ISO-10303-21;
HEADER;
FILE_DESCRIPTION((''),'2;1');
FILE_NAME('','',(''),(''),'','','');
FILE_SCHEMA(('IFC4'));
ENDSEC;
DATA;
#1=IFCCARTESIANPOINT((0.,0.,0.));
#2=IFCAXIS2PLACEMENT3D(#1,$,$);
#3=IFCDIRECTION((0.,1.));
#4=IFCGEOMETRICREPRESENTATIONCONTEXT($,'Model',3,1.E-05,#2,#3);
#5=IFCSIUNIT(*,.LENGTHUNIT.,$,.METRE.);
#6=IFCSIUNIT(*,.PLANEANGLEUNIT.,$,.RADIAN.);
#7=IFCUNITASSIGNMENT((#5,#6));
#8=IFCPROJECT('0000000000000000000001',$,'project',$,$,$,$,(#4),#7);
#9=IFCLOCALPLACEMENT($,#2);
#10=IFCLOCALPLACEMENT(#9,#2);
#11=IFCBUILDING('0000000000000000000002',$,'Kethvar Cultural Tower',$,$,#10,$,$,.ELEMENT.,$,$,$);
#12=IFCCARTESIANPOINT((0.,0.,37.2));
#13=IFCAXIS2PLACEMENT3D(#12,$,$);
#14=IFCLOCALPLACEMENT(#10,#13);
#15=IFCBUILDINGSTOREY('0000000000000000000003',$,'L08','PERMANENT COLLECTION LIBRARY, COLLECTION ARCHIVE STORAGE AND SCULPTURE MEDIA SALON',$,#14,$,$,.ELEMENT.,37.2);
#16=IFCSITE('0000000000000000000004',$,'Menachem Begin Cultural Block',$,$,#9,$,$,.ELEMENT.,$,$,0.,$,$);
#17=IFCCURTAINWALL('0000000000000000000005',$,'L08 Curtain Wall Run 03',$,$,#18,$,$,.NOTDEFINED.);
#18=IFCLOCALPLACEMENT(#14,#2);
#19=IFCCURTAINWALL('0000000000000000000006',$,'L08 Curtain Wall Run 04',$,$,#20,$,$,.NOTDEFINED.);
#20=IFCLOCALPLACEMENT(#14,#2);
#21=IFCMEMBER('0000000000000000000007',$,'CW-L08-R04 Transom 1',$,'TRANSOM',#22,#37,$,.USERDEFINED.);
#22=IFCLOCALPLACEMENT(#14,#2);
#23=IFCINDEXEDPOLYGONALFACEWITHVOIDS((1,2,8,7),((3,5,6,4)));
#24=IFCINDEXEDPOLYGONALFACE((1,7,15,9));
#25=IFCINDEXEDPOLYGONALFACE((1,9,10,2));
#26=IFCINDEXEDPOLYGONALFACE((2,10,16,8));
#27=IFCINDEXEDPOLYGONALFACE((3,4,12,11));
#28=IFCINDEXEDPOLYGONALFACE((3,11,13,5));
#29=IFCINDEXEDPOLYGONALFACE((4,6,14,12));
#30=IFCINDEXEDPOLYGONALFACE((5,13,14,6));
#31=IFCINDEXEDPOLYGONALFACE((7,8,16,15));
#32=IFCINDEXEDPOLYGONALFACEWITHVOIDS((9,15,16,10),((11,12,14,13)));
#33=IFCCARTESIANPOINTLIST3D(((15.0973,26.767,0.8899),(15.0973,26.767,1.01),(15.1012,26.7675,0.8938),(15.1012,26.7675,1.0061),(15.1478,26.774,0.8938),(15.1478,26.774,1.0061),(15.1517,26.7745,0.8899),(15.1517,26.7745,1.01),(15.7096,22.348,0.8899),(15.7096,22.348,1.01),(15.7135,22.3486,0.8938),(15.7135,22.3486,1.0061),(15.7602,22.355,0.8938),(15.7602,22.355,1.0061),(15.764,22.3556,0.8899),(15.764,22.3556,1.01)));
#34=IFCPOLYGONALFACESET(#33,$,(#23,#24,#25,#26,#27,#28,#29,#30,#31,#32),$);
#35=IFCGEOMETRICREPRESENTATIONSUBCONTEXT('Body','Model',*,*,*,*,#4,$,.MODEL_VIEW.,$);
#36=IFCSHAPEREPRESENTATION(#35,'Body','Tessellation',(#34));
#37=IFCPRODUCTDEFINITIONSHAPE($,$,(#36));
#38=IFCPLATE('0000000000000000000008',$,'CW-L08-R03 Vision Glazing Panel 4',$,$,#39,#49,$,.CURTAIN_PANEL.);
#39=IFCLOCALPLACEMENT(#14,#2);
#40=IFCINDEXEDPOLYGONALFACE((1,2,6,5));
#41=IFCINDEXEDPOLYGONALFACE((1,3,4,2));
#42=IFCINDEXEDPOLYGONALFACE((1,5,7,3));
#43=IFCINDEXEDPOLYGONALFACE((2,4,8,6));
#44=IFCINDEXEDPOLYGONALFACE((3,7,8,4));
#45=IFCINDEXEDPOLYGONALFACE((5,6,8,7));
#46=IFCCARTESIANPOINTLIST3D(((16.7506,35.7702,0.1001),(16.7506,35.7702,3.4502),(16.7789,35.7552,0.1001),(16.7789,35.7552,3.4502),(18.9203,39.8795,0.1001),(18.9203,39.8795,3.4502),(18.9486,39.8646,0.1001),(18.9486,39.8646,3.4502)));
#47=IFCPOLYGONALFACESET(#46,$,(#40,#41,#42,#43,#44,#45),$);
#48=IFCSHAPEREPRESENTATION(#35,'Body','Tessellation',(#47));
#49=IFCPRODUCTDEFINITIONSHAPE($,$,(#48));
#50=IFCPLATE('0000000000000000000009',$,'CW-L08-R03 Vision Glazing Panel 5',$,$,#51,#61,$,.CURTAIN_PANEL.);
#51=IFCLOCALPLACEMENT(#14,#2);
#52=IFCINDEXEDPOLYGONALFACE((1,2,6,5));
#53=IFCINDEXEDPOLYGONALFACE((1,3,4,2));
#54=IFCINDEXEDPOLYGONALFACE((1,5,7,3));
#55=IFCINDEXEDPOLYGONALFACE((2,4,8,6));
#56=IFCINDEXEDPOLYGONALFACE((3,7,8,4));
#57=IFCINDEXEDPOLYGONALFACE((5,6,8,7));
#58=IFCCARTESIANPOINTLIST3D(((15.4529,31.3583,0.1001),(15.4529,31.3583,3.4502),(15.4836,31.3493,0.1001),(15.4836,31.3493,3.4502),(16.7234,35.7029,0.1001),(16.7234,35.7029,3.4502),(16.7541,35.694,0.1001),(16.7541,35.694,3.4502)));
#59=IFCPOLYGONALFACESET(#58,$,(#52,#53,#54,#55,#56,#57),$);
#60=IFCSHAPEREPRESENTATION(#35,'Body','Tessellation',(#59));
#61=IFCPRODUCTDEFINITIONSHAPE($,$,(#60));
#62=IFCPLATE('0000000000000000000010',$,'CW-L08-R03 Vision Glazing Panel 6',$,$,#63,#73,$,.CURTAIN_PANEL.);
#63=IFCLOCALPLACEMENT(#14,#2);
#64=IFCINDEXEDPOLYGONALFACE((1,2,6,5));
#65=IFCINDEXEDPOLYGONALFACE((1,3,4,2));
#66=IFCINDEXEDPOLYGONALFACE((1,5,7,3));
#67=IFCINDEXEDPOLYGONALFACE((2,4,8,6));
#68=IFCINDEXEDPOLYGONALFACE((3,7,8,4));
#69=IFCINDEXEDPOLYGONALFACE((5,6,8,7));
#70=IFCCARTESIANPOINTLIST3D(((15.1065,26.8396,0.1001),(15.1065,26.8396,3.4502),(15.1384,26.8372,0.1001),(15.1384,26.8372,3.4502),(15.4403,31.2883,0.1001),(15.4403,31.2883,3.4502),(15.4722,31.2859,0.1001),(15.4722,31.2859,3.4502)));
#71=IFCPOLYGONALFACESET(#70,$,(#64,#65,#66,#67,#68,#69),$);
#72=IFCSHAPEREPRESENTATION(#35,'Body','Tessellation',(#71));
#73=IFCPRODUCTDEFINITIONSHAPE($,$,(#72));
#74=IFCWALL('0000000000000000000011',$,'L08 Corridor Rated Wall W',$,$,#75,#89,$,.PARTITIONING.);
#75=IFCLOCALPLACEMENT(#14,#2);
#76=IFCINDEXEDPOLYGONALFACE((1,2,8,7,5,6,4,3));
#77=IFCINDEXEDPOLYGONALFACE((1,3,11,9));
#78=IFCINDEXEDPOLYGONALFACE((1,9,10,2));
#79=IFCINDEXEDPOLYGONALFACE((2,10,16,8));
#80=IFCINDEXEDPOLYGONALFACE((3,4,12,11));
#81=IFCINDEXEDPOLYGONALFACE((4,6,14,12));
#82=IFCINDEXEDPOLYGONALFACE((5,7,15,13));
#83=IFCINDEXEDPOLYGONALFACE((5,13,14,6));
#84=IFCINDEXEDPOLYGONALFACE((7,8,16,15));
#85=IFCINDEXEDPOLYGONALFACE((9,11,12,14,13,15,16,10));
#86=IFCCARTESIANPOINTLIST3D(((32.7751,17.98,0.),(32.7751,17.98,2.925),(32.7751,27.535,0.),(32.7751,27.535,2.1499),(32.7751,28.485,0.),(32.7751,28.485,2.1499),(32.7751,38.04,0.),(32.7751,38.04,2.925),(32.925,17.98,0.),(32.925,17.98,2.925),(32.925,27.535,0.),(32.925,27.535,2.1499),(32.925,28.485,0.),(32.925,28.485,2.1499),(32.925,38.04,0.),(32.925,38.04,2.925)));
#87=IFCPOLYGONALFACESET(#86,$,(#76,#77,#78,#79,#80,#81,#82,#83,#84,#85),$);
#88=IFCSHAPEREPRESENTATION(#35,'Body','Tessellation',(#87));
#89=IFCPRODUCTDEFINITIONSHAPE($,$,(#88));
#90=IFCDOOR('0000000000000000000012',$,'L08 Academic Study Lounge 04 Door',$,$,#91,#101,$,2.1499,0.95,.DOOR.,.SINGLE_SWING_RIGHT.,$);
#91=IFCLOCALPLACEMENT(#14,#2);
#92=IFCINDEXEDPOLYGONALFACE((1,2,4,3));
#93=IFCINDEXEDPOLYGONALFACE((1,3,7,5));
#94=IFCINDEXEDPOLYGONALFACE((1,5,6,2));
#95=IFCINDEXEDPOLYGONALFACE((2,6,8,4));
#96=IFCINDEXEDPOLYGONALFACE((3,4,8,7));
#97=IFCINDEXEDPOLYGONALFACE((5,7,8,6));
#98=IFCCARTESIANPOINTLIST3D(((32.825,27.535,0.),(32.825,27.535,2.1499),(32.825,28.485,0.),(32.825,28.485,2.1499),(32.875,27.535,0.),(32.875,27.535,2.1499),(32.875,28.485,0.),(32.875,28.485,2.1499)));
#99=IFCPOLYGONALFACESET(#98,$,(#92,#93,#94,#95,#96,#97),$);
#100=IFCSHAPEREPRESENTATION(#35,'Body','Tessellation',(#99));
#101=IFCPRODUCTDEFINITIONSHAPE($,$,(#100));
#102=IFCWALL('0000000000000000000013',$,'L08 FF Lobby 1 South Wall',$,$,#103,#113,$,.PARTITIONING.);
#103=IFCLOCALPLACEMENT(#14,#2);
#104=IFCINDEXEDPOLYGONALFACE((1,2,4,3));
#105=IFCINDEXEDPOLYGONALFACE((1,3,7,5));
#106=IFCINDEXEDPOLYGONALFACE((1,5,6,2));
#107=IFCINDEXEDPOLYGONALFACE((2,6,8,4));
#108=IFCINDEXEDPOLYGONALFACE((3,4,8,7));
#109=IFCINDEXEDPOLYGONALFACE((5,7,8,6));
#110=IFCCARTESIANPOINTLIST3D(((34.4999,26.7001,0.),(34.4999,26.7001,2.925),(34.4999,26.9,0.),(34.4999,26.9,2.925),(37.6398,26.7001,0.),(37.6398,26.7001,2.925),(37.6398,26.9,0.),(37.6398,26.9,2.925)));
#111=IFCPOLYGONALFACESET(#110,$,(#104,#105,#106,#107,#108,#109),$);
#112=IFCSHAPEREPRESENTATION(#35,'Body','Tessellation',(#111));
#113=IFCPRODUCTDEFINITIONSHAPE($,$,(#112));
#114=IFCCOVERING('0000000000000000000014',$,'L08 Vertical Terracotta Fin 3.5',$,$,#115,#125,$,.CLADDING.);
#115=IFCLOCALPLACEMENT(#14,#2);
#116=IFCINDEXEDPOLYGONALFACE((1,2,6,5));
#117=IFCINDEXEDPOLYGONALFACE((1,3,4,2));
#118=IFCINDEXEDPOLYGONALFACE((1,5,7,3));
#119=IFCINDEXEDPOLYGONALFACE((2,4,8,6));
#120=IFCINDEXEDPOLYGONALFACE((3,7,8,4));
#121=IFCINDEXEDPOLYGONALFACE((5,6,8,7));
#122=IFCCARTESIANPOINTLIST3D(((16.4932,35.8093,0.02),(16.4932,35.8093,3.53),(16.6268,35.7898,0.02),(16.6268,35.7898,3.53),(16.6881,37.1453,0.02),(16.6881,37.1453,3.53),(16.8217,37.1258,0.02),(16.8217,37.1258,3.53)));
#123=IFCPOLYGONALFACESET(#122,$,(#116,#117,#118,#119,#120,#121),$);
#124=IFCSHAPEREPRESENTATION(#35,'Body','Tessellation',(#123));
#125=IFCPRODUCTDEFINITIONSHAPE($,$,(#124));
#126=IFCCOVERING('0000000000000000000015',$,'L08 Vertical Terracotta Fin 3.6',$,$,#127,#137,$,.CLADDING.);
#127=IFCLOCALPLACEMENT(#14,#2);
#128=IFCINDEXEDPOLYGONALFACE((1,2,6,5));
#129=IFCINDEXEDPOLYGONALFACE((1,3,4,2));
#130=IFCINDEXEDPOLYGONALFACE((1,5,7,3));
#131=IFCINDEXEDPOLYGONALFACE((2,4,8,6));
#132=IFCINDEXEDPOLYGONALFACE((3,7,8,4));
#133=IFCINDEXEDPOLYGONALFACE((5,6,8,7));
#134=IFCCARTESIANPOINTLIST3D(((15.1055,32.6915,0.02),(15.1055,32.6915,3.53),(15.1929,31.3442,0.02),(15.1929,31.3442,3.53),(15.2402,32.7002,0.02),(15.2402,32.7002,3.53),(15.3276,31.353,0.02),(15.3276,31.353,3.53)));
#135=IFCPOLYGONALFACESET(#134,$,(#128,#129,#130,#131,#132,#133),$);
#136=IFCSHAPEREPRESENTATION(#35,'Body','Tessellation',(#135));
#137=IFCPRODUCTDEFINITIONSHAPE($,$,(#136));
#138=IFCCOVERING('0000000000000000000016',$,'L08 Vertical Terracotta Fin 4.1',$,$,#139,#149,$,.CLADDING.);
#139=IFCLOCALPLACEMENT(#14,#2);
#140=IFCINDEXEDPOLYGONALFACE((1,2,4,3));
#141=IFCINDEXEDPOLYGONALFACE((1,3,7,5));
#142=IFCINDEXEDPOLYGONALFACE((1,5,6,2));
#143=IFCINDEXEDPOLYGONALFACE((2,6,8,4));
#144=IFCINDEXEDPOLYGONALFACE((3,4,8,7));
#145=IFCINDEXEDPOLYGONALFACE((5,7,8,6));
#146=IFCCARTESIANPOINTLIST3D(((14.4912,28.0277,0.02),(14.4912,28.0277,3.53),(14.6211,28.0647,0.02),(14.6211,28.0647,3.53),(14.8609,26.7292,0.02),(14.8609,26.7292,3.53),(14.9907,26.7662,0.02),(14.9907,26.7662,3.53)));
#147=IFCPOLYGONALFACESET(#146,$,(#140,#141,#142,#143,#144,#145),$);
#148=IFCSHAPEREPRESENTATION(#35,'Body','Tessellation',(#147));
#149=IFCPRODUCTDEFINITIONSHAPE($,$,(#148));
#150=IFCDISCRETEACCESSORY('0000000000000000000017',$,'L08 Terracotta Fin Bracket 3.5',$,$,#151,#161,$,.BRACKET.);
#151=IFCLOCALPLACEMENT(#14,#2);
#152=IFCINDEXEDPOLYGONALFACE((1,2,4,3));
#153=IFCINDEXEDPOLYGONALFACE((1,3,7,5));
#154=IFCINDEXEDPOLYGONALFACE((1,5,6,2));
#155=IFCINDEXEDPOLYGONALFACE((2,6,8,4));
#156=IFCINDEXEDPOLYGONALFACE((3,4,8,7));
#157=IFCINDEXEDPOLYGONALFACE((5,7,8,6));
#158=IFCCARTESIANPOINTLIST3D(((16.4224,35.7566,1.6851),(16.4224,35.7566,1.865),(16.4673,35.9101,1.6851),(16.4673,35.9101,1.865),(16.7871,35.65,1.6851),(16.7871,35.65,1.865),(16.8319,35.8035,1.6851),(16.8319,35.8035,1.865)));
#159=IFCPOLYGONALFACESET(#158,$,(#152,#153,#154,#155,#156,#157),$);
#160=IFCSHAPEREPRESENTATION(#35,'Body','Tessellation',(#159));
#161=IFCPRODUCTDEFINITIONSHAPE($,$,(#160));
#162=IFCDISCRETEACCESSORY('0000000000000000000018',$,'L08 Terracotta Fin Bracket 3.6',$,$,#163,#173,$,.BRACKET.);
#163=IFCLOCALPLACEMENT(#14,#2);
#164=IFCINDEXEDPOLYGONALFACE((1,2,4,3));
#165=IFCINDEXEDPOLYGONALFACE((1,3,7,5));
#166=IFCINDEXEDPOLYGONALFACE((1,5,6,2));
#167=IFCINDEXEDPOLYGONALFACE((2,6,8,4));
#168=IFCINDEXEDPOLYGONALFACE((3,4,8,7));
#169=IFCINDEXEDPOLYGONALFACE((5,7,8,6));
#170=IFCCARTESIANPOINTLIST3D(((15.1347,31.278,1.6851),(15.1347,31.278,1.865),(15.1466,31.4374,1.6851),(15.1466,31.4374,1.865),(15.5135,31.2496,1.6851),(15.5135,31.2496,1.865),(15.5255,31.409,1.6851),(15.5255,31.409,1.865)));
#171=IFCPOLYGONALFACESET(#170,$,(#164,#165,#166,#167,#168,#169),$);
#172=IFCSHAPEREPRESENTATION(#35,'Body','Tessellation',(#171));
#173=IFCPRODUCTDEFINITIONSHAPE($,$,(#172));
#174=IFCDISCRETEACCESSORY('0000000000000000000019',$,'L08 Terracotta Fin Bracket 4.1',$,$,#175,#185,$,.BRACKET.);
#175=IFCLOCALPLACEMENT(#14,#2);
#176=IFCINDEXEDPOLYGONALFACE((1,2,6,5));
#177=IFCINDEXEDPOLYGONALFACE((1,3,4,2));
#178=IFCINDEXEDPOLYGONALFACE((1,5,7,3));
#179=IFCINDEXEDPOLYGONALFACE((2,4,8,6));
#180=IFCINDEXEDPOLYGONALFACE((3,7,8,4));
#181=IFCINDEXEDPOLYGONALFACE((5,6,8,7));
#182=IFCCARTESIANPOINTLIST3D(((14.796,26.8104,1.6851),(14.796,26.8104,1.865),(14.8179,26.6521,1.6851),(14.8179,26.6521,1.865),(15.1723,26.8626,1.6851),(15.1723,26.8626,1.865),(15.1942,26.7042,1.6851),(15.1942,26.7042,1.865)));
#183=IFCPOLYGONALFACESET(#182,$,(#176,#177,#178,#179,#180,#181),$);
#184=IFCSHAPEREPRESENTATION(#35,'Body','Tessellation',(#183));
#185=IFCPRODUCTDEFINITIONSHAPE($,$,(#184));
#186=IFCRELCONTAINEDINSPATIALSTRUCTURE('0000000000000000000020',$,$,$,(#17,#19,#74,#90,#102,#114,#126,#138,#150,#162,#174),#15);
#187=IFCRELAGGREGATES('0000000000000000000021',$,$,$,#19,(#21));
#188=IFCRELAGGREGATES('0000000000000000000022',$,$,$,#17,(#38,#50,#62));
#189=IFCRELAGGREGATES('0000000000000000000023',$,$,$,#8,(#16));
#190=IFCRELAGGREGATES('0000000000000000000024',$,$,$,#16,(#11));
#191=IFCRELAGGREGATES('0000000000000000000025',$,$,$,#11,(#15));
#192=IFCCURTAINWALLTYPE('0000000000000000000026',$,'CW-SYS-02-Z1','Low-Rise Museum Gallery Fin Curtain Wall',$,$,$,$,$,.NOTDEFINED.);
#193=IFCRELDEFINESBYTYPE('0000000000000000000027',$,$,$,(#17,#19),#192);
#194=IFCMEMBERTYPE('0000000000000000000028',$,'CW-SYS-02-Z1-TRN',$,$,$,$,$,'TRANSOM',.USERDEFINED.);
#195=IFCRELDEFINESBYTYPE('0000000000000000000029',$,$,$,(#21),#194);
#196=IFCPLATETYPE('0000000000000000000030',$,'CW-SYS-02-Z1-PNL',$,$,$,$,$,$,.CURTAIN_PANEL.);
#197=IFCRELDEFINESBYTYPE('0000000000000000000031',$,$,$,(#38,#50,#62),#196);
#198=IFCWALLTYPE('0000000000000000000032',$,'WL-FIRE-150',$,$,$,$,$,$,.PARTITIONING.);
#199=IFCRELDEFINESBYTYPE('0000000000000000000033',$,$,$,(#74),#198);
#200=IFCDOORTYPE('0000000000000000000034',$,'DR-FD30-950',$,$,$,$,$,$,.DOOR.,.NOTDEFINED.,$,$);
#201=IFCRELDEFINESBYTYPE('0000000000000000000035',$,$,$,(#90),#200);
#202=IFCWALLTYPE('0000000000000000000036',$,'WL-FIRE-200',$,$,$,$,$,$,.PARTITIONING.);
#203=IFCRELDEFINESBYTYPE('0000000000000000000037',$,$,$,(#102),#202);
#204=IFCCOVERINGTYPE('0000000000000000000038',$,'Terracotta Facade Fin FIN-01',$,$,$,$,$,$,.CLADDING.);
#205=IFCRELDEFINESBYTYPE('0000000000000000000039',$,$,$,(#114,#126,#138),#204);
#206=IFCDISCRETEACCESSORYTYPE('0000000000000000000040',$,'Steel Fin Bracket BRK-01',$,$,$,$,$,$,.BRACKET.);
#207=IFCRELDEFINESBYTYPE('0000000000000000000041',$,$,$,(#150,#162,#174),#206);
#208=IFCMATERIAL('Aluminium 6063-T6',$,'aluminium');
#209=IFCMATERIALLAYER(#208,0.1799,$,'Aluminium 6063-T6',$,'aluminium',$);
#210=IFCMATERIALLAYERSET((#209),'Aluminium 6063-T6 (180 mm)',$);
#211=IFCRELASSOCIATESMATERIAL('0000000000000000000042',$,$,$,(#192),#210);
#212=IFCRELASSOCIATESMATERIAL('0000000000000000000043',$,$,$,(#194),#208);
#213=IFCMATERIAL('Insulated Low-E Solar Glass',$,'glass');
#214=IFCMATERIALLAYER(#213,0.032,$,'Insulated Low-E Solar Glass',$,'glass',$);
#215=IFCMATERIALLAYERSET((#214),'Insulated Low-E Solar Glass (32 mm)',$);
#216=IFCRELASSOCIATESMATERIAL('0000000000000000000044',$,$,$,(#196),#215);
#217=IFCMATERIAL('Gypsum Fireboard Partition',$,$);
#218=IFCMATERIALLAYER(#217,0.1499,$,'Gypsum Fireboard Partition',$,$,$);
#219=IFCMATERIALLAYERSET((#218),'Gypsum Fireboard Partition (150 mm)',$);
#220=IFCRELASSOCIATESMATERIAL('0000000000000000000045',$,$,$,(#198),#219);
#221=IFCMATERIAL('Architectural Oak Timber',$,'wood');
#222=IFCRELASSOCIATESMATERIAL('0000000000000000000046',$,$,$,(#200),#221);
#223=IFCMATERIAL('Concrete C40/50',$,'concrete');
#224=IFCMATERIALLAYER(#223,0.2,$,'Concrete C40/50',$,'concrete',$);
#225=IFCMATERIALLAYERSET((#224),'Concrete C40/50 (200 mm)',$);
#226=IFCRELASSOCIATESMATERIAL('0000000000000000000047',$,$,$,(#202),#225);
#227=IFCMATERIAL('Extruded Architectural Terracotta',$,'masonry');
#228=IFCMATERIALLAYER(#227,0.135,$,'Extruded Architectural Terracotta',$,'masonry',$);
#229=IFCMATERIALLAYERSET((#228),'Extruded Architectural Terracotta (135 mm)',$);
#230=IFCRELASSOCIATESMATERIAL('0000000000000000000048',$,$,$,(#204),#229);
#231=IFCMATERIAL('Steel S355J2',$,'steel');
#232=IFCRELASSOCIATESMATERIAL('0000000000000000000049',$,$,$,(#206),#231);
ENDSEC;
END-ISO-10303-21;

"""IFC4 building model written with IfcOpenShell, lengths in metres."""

from ifc_helpers import new_model, si_unit, direction, frame, frame_2d, origin, origin_2d, place, context, subcontext, project, spatial, rectangle, hollow_rectangle, extrude, source, transform, mapped, material, layer, layer_set, material_profile, profile_set, type_object, element, fill, aggregate, save


model = new_model("IFC4")

# Units and contexts
model_context = context("Model", 3, precision=1e-05, world=origin(), true_north=direction((0.0, 1.0)))
body_context = subcontext(model_context, "Body", "Model", "MODEL_VIEW")
ifc_project = project(units=[si_unit("LENGTHUNIT", "METRE"), si_unit("PLANEANGLEUNIT", "RADIAN")], contexts=[model_context])

# Site, building, storey
site_placement = place(None, origin())
site = spatial("IfcSite", under=ifc_project, at=site_placement, Name="Menachem Begin Cultural Block", CompositionType="ELEMENT", RefElevation=0.0)
building_placement = place(site_placement, origin())
building = spatial("IfcBuilding", under=site, at=building_placement, Name="Kethvar Cultural Tower", CompositionType="ELEMENT")
storey_placement = place(building_placement, frame((0.0, 0.0, 37.2)))
storey = spatial("IfcBuildingStorey", under=building, at=storey_placement, Name="L08", Description="PERMANENT COLLECTION LIBRARY, COLLECTION ARCHIVE STORAGE AND SCULPTURE MEDIA SALON", CompositionType="ELEMENT", Elevation=37.2)

# Shared definitions
ifc_material_1 = material(Name="Steel S355J2", Category="steel")

# Curtain wall
ifc_material_2 = material(Name="Aluminium 6063-T6", Category="aluminium")
ifc_layer_1 = layer(ifc_material_2, 0.1799, Name="Aluminium 6063-T6", Category="aluminium")
ifc_layer_set_1 = layer_set([ifc_layer_1], Name="Aluminium 6063-T6 (180 mm)")
curtain_wall_type = type_object("IfcCurtainWallType", Name="CW-SYS-02-Z1", Description="Low-Rise Museum Gallery Fin Curtain Wall", PredefinedType="NOTDEFINED", material=ifc_layer_set_1)
curtain_wall_1_placement = place(storey_placement, origin())
curtain_wall_1 = element("IfcCurtainWall", 1, at=curtain_wall_1_placement, inside=storey, type_object=curtain_wall_type, Name="L08 Curtain Wall Run 03", PredefinedType="NOTDEFINED")

# Curtain wall
curtain_wall_2_placement = place(storey_placement, origin())
curtain_wall_2 = element("IfcCurtainWall", 2, at=curtain_wall_2_placement, inside=storey, type_object=curtain_wall_type, Name="L08 Curtain Wall Run 04", PredefinedType="NOTDEFINED")

# Member
ifc_material_profile_1 = material_profile(ifc_material_2, hollow_rectangle(XDim=0.0549, YDim=0.1201, WallThickness=0.0039, at=origin_2d()), Name="Aluminium 6063-T6 — RHS120x55x4")
ifc_profile_set_1 = profile_set([ifc_material_profile_1], Name="Aluminium 6063-T6 — RHS120x55x4")
member_type_1 = type_object("IfcMemberType", Name="CW-SYS-02-Z1-TRN", ElementType="TRANSOM", PredefinedType="USERDEFINED", material=ifc_profile_set_1)
shared_shape_1 = source(origin(), body_context, "Body", "SweptSolid", [
    extrude(hollow_rectangle(XDim=0.0549, YDim=0.1201, WallThickness=0.0039, at=origin_2d()), origin(), (0.0, 0.0, 1.0), 4.4612),
])
member_1_placement = place(storey_placement, frame((15.1245, 26.7708, 0.95), z_axis=(0.137252, -0.990536, 0.0), x_axis=(0.990536, 0.137252, 0.0)))
member_1 = element("IfcMember", 3, at=member_1_placement, type_object=member_type_1, Name="CW-L08-R04 Transom 1", ObjectType="TRANSOM", PredefinedType="USERDEFINED", context=body_context, shape_type="MappedRepresentation", body=[
    mapped(shared_shape_1, transform((0.0, 0.0, 0.0), scale=1.0)),
])
aggregate(curtain_wall_2, [member_1])

# Plates
ifc_material_3 = material(Name="Insulated Low-E Solar Glass", Category="glass")
ifc_layer_2 = layer(ifc_material_3, 0.032, Name="Insulated Low-E Solar Glass", Category="glass")
ifc_layer_set_2 = layer_set([ifc_layer_2], Name="Insulated Low-E Solar Glass (32 mm)")
plate_type = type_object("IfcPlateType", Name="CW-SYS-02-Z1-PNL", PredefinedType="CURTAIN_PANEL", material=ifc_layer_set_2)
shared_shape_2 = source(origin(), body_context, "Body", "SweptSolid", [
    extrude(rectangle(XDim=4.647, YDim=0.032, at=origin_2d()), origin(), (0.0, 0.0, 1.0), 3.3501),
])
plate_1_placement = place(storey_placement, frame((17.8496, 37.8174, 0.1001), z_axis=(0.0, 0.0, 1.0), x_axis=(-0.466896, -0.884312, 0.0)))
plate_1 = element("IfcPlate", 4, at=plate_1_placement, type_object=plate_type, Name="CW-L08-R03 Vision Glazing Panel 4", PredefinedType="CURTAIN_PANEL", context=body_context, shape_type="MappedRepresentation", body=[
    mapped(shared_shape_2, transform((0.0, 0.0, 0.0), scale=1.0)),
])
shared_shape_3 = source(origin(), body_context, "Body", "SweptSolid", [
    extrude(rectangle(XDim=4.5266, YDim=0.032, at=origin_2d()), origin(), (0.0, 0.0, 1.0), 3.3501),
])
plate_2_placement = place(storey_placement, frame((16.1035, 33.5261, 0.1001), z_axis=(0.0, 0.0, 1.0), x_axis=(-0.280683, -0.9598, 0.0)))
plate_2 = element("IfcPlate", 5, at=plate_2_placement, type_object=plate_type, Name="CW-L08-R03 Vision Glazing Panel 5", PredefinedType="CURTAIN_PANEL", context=body_context, shape_type="MappedRepresentation", body=[
    mapped(shared_shape_3, transform((0.0, 0.0, 0.0), scale=1.0)),
])
shared_shape_4 = source(origin(), body_context, "Body", "SweptSolid", [
    extrude(rectangle(XDim=4.4612, YDim=0.032, at=origin_2d()), origin(), (0.0, 0.0, 1.0), 3.3501),
])
plate_3_placement = place(storey_placement, frame((15.2893, 29.0627, 0.1001), z_axis=(0.0, 0.0, 1.0), x_axis=(-0.074822, -0.997197, 0.0)))
plate_3 = element("IfcPlate", 6, at=plate_3_placement, type_object=plate_type, Name="CW-L08-R03 Vision Glazing Panel 6", PredefinedType="CURTAIN_PANEL", context=body_context, shape_type="MappedRepresentation", body=[
    mapped(shared_shape_4, transform((0.0, 0.0, 0.0), scale=1.0)),
])
aggregate(curtain_wall_1, [plate_1, plate_2, plate_3])

# Wall, opening, door
ifc_material_4 = material(Name="Gypsum Fireboard Partition")
ifc_layer_3 = layer(ifc_material_4, 0.1499, Name="Gypsum Fireboard Partition")
ifc_layer_set_3 = layer_set([ifc_layer_3], Name="Gypsum Fireboard Partition (150 mm)")
wall_type_1 = type_object("IfcWallType", Name="WL-FIRE-150", PredefinedType="PARTITIONING", material=ifc_layer_set_3)
wall_1_placement = place(storey_placement, frame((32.8501, 38.04, 0.0), z_axis=(0.0, 0.0, 1.0), x_axis=(0.0, -1.0, 0.0)))
wall_1 = element("IfcWall", 7, at=wall_1_placement, inside=storey, type_object=wall_type_1, Name="L08 Corridor Rated Wall W", PredefinedType="PARTITIONING", context=body_context, shape_type="SweptSolid", body=[
    extrude(rectangle(XDim=20.0601, YDim=0.1499, at=frame_2d((10.03, 0.0))), origin(), (0.0, 0.0, 1.0), 2.925),
])
opening_1_placement = place(wall_1_placement, frame((9.5549, 0.0, 0.0)))
opening_1 = element("IfcOpeningElement", 8, at=opening_1_placement, cuts=wall_1, PredefinedType="OPENING", context=body_context, shape_type="SweptSolid", body=[
    extrude(rectangle(XDim=0.95, YDim=2.1499, at=frame_2d((0.4751, 1.075))), frame((0.0, 0.085, 0.0), z_axis=(0.0, -1.0, 0.0), x_axis=(1.0, 0.0, 0.0)), (0.0, 0.0, 1.0), 0.1699),
])
ifc_material_5 = material(Name="Architectural Oak Timber", Category="wood")
door_type_1 = type_object("IfcDoorType", Name="DR-FD30-950", OperationType="NOTDEFINED", PredefinedType="DOOR", material=ifc_material_5)
shared_shape_5 = source(origin(), body_context, "Body", "SweptSolid", [
    extrude(rectangle(XDim=0.95, YDim=2.1499, at=frame_2d((0.4751, 1.075))), frame((0.0, 0.0249, 0.0), z_axis=(0.0, -1.0, 0.0), x_axis=(1.0, 0.0, 0.0)), (0.0, 0.0, 1.0), 0.05),
])
door_1_placement = place(opening_1_placement, origin())
door_1 = element("IfcDoor", 9, at=door_1_placement, inside=storey, type_object=door_type_1, Name="L08 Academic Study Lounge 04 Door", OperationType="SINGLE_SWING_RIGHT", OverallHeight=2.1499, OverallWidth=0.95, PredefinedType="DOOR", context=body_context, shape_type="MappedRepresentation", body=[
    mapped(shared_shape_5, transform((0.0, 0.0, 0.0), scale=1.0)),
])
fill(opening_1, door_1)
ifc_material_6 = material(Name="Concrete C40/50", Category="concrete")
ifc_layer_4 = layer(ifc_material_6, 0.2, Name="Concrete C40/50", Category="concrete")
ifc_layer_set_4 = layer_set([ifc_layer_4], Name="Concrete C40/50 (200 mm)")
wall_type_2 = type_object("IfcWallType", Name="WL-FIRE-200", PredefinedType="PARTITIONING", material=ifc_layer_set_4)

# Wall
wall_2_placement = place(storey_placement, frame((34.5, 26.8, 0.0), z_axis=(0.0, 0.0, 1.0), x_axis=(1.0, 0.0, 0.0)))
element("IfcWall", 10, at=wall_2_placement, inside=storey, type_object=wall_type_2, Name="L08 FF Lobby 1 South Wall", PredefinedType="PARTITIONING", context=body_context, shape_type="SweptSolid", body=[
    extrude(rectangle(XDim=3.1399, YDim=0.2, at=frame_2d((1.5698, 0.0))), origin(), (0.0, 0.0, 1.0), 2.925),
])

# Coverings
ifc_material_7 = material(Name="Extruded Architectural Terracotta", Category="masonry")
ifc_layer_5 = layer(ifc_material_7, 0.135, Name="Extruded Architectural Terracotta", Category="masonry")
ifc_layer_set_5 = layer_set([ifc_layer_5], Name="Extruded Architectural Terracotta (135 mm)")
covering_type = type_object("IfcCoveringType", Name="Terracotta Facade Fin FIN-01", PredefinedType="CLADDING", material=ifc_layer_set_5)
shared_shape_6 = source(origin(), body_context, "Body", "SweptSolid", [
    extrude(rectangle(XDim=1.3501, YDim=0.135, at=origin_2d()), origin(), (0.0, 0.0, 1.0), 3.51),
])
for number, where, z_axis, x_axis, name in (
    (11, (16.6575, 36.4675, 0.02), (0.0, 0.0, 1.0), (0.144356, 0.989526, 0.0), "L08 Vertical Terracotta Fin 3.5"),
    (12, (15.2166, 32.0222, 0.02), (0.0, 0.0, 1.0), (-0.064706, 0.997904, 0.0), "L08 Vertical Terracotta Fin 3.6"),
    (13, (14.741, 27.397, 0.02), (0.0, 0.0, 1.0), (-0.273791, 0.961789, 0.0), "L08 Vertical Terracotta Fin 4.1"),
):
    element("IfcCovering", number, at=place(storey_placement, frame(where, z_axis=z_axis, x_axis=x_axis)), inside=storey, type_object=covering_type, Name=name, PredefinedType="CLADDING", context=body_context, shape_type="MappedRepresentation", body=[
        mapped(shared_shape_6, transform((0.0, 0.0, 0.0), scale=1.0)),
    ])

# Discrete accessories
discrete_accessory_type = type_object("IfcDiscreteAccessoryType", Name="Steel Fin Bracket BRK-01", PredefinedType="BRACKET", material=ifc_material_1)
shared_shape_7 = source(origin(), body_context, "Body", "SweptSolid", [
    extrude(rectangle(XDim=0.3799, YDim=0.1599, at=origin_2d()), origin(), (0.0, 0.0, 1.0), 0.1799),
])
for number, where, z_axis, x_axis, name in (
    (14, (16.6272, 35.78, 1.6851), (0.0, 0.0, 1.0), (-0.959805, 0.280667, 0.0), "L08 Terracotta Fin Bracket 3.5"),
    (15, (15.3301, 31.3435, 1.6851), (0.0, 0.0, 1.0), (-0.997198, 0.074805, 0.0), "L08 Terracotta Fin Bracket 3.6"),
    (16, (14.9951, 26.7573, 1.6851), (0.0, 0.0, 1.0), (-0.990533, -0.137272, 0.0), "L08 Terracotta Fin Bracket 4.1"),
):
    element("IfcDiscreteAccessory", number, at=place(storey_placement, frame(where, z_axis=z_axis, x_axis=x_axis)), inside=storey, type_object=discrete_accessory_type, Name=name, PredefinedType="BRACKET", context=body_context, shape_type="MappedRepresentation", body=[
        mapped(shared_shape_7, transform((0.0, 0.0, 0.0), scale=1.0)),
    ])

save(model, "model.ifc")
